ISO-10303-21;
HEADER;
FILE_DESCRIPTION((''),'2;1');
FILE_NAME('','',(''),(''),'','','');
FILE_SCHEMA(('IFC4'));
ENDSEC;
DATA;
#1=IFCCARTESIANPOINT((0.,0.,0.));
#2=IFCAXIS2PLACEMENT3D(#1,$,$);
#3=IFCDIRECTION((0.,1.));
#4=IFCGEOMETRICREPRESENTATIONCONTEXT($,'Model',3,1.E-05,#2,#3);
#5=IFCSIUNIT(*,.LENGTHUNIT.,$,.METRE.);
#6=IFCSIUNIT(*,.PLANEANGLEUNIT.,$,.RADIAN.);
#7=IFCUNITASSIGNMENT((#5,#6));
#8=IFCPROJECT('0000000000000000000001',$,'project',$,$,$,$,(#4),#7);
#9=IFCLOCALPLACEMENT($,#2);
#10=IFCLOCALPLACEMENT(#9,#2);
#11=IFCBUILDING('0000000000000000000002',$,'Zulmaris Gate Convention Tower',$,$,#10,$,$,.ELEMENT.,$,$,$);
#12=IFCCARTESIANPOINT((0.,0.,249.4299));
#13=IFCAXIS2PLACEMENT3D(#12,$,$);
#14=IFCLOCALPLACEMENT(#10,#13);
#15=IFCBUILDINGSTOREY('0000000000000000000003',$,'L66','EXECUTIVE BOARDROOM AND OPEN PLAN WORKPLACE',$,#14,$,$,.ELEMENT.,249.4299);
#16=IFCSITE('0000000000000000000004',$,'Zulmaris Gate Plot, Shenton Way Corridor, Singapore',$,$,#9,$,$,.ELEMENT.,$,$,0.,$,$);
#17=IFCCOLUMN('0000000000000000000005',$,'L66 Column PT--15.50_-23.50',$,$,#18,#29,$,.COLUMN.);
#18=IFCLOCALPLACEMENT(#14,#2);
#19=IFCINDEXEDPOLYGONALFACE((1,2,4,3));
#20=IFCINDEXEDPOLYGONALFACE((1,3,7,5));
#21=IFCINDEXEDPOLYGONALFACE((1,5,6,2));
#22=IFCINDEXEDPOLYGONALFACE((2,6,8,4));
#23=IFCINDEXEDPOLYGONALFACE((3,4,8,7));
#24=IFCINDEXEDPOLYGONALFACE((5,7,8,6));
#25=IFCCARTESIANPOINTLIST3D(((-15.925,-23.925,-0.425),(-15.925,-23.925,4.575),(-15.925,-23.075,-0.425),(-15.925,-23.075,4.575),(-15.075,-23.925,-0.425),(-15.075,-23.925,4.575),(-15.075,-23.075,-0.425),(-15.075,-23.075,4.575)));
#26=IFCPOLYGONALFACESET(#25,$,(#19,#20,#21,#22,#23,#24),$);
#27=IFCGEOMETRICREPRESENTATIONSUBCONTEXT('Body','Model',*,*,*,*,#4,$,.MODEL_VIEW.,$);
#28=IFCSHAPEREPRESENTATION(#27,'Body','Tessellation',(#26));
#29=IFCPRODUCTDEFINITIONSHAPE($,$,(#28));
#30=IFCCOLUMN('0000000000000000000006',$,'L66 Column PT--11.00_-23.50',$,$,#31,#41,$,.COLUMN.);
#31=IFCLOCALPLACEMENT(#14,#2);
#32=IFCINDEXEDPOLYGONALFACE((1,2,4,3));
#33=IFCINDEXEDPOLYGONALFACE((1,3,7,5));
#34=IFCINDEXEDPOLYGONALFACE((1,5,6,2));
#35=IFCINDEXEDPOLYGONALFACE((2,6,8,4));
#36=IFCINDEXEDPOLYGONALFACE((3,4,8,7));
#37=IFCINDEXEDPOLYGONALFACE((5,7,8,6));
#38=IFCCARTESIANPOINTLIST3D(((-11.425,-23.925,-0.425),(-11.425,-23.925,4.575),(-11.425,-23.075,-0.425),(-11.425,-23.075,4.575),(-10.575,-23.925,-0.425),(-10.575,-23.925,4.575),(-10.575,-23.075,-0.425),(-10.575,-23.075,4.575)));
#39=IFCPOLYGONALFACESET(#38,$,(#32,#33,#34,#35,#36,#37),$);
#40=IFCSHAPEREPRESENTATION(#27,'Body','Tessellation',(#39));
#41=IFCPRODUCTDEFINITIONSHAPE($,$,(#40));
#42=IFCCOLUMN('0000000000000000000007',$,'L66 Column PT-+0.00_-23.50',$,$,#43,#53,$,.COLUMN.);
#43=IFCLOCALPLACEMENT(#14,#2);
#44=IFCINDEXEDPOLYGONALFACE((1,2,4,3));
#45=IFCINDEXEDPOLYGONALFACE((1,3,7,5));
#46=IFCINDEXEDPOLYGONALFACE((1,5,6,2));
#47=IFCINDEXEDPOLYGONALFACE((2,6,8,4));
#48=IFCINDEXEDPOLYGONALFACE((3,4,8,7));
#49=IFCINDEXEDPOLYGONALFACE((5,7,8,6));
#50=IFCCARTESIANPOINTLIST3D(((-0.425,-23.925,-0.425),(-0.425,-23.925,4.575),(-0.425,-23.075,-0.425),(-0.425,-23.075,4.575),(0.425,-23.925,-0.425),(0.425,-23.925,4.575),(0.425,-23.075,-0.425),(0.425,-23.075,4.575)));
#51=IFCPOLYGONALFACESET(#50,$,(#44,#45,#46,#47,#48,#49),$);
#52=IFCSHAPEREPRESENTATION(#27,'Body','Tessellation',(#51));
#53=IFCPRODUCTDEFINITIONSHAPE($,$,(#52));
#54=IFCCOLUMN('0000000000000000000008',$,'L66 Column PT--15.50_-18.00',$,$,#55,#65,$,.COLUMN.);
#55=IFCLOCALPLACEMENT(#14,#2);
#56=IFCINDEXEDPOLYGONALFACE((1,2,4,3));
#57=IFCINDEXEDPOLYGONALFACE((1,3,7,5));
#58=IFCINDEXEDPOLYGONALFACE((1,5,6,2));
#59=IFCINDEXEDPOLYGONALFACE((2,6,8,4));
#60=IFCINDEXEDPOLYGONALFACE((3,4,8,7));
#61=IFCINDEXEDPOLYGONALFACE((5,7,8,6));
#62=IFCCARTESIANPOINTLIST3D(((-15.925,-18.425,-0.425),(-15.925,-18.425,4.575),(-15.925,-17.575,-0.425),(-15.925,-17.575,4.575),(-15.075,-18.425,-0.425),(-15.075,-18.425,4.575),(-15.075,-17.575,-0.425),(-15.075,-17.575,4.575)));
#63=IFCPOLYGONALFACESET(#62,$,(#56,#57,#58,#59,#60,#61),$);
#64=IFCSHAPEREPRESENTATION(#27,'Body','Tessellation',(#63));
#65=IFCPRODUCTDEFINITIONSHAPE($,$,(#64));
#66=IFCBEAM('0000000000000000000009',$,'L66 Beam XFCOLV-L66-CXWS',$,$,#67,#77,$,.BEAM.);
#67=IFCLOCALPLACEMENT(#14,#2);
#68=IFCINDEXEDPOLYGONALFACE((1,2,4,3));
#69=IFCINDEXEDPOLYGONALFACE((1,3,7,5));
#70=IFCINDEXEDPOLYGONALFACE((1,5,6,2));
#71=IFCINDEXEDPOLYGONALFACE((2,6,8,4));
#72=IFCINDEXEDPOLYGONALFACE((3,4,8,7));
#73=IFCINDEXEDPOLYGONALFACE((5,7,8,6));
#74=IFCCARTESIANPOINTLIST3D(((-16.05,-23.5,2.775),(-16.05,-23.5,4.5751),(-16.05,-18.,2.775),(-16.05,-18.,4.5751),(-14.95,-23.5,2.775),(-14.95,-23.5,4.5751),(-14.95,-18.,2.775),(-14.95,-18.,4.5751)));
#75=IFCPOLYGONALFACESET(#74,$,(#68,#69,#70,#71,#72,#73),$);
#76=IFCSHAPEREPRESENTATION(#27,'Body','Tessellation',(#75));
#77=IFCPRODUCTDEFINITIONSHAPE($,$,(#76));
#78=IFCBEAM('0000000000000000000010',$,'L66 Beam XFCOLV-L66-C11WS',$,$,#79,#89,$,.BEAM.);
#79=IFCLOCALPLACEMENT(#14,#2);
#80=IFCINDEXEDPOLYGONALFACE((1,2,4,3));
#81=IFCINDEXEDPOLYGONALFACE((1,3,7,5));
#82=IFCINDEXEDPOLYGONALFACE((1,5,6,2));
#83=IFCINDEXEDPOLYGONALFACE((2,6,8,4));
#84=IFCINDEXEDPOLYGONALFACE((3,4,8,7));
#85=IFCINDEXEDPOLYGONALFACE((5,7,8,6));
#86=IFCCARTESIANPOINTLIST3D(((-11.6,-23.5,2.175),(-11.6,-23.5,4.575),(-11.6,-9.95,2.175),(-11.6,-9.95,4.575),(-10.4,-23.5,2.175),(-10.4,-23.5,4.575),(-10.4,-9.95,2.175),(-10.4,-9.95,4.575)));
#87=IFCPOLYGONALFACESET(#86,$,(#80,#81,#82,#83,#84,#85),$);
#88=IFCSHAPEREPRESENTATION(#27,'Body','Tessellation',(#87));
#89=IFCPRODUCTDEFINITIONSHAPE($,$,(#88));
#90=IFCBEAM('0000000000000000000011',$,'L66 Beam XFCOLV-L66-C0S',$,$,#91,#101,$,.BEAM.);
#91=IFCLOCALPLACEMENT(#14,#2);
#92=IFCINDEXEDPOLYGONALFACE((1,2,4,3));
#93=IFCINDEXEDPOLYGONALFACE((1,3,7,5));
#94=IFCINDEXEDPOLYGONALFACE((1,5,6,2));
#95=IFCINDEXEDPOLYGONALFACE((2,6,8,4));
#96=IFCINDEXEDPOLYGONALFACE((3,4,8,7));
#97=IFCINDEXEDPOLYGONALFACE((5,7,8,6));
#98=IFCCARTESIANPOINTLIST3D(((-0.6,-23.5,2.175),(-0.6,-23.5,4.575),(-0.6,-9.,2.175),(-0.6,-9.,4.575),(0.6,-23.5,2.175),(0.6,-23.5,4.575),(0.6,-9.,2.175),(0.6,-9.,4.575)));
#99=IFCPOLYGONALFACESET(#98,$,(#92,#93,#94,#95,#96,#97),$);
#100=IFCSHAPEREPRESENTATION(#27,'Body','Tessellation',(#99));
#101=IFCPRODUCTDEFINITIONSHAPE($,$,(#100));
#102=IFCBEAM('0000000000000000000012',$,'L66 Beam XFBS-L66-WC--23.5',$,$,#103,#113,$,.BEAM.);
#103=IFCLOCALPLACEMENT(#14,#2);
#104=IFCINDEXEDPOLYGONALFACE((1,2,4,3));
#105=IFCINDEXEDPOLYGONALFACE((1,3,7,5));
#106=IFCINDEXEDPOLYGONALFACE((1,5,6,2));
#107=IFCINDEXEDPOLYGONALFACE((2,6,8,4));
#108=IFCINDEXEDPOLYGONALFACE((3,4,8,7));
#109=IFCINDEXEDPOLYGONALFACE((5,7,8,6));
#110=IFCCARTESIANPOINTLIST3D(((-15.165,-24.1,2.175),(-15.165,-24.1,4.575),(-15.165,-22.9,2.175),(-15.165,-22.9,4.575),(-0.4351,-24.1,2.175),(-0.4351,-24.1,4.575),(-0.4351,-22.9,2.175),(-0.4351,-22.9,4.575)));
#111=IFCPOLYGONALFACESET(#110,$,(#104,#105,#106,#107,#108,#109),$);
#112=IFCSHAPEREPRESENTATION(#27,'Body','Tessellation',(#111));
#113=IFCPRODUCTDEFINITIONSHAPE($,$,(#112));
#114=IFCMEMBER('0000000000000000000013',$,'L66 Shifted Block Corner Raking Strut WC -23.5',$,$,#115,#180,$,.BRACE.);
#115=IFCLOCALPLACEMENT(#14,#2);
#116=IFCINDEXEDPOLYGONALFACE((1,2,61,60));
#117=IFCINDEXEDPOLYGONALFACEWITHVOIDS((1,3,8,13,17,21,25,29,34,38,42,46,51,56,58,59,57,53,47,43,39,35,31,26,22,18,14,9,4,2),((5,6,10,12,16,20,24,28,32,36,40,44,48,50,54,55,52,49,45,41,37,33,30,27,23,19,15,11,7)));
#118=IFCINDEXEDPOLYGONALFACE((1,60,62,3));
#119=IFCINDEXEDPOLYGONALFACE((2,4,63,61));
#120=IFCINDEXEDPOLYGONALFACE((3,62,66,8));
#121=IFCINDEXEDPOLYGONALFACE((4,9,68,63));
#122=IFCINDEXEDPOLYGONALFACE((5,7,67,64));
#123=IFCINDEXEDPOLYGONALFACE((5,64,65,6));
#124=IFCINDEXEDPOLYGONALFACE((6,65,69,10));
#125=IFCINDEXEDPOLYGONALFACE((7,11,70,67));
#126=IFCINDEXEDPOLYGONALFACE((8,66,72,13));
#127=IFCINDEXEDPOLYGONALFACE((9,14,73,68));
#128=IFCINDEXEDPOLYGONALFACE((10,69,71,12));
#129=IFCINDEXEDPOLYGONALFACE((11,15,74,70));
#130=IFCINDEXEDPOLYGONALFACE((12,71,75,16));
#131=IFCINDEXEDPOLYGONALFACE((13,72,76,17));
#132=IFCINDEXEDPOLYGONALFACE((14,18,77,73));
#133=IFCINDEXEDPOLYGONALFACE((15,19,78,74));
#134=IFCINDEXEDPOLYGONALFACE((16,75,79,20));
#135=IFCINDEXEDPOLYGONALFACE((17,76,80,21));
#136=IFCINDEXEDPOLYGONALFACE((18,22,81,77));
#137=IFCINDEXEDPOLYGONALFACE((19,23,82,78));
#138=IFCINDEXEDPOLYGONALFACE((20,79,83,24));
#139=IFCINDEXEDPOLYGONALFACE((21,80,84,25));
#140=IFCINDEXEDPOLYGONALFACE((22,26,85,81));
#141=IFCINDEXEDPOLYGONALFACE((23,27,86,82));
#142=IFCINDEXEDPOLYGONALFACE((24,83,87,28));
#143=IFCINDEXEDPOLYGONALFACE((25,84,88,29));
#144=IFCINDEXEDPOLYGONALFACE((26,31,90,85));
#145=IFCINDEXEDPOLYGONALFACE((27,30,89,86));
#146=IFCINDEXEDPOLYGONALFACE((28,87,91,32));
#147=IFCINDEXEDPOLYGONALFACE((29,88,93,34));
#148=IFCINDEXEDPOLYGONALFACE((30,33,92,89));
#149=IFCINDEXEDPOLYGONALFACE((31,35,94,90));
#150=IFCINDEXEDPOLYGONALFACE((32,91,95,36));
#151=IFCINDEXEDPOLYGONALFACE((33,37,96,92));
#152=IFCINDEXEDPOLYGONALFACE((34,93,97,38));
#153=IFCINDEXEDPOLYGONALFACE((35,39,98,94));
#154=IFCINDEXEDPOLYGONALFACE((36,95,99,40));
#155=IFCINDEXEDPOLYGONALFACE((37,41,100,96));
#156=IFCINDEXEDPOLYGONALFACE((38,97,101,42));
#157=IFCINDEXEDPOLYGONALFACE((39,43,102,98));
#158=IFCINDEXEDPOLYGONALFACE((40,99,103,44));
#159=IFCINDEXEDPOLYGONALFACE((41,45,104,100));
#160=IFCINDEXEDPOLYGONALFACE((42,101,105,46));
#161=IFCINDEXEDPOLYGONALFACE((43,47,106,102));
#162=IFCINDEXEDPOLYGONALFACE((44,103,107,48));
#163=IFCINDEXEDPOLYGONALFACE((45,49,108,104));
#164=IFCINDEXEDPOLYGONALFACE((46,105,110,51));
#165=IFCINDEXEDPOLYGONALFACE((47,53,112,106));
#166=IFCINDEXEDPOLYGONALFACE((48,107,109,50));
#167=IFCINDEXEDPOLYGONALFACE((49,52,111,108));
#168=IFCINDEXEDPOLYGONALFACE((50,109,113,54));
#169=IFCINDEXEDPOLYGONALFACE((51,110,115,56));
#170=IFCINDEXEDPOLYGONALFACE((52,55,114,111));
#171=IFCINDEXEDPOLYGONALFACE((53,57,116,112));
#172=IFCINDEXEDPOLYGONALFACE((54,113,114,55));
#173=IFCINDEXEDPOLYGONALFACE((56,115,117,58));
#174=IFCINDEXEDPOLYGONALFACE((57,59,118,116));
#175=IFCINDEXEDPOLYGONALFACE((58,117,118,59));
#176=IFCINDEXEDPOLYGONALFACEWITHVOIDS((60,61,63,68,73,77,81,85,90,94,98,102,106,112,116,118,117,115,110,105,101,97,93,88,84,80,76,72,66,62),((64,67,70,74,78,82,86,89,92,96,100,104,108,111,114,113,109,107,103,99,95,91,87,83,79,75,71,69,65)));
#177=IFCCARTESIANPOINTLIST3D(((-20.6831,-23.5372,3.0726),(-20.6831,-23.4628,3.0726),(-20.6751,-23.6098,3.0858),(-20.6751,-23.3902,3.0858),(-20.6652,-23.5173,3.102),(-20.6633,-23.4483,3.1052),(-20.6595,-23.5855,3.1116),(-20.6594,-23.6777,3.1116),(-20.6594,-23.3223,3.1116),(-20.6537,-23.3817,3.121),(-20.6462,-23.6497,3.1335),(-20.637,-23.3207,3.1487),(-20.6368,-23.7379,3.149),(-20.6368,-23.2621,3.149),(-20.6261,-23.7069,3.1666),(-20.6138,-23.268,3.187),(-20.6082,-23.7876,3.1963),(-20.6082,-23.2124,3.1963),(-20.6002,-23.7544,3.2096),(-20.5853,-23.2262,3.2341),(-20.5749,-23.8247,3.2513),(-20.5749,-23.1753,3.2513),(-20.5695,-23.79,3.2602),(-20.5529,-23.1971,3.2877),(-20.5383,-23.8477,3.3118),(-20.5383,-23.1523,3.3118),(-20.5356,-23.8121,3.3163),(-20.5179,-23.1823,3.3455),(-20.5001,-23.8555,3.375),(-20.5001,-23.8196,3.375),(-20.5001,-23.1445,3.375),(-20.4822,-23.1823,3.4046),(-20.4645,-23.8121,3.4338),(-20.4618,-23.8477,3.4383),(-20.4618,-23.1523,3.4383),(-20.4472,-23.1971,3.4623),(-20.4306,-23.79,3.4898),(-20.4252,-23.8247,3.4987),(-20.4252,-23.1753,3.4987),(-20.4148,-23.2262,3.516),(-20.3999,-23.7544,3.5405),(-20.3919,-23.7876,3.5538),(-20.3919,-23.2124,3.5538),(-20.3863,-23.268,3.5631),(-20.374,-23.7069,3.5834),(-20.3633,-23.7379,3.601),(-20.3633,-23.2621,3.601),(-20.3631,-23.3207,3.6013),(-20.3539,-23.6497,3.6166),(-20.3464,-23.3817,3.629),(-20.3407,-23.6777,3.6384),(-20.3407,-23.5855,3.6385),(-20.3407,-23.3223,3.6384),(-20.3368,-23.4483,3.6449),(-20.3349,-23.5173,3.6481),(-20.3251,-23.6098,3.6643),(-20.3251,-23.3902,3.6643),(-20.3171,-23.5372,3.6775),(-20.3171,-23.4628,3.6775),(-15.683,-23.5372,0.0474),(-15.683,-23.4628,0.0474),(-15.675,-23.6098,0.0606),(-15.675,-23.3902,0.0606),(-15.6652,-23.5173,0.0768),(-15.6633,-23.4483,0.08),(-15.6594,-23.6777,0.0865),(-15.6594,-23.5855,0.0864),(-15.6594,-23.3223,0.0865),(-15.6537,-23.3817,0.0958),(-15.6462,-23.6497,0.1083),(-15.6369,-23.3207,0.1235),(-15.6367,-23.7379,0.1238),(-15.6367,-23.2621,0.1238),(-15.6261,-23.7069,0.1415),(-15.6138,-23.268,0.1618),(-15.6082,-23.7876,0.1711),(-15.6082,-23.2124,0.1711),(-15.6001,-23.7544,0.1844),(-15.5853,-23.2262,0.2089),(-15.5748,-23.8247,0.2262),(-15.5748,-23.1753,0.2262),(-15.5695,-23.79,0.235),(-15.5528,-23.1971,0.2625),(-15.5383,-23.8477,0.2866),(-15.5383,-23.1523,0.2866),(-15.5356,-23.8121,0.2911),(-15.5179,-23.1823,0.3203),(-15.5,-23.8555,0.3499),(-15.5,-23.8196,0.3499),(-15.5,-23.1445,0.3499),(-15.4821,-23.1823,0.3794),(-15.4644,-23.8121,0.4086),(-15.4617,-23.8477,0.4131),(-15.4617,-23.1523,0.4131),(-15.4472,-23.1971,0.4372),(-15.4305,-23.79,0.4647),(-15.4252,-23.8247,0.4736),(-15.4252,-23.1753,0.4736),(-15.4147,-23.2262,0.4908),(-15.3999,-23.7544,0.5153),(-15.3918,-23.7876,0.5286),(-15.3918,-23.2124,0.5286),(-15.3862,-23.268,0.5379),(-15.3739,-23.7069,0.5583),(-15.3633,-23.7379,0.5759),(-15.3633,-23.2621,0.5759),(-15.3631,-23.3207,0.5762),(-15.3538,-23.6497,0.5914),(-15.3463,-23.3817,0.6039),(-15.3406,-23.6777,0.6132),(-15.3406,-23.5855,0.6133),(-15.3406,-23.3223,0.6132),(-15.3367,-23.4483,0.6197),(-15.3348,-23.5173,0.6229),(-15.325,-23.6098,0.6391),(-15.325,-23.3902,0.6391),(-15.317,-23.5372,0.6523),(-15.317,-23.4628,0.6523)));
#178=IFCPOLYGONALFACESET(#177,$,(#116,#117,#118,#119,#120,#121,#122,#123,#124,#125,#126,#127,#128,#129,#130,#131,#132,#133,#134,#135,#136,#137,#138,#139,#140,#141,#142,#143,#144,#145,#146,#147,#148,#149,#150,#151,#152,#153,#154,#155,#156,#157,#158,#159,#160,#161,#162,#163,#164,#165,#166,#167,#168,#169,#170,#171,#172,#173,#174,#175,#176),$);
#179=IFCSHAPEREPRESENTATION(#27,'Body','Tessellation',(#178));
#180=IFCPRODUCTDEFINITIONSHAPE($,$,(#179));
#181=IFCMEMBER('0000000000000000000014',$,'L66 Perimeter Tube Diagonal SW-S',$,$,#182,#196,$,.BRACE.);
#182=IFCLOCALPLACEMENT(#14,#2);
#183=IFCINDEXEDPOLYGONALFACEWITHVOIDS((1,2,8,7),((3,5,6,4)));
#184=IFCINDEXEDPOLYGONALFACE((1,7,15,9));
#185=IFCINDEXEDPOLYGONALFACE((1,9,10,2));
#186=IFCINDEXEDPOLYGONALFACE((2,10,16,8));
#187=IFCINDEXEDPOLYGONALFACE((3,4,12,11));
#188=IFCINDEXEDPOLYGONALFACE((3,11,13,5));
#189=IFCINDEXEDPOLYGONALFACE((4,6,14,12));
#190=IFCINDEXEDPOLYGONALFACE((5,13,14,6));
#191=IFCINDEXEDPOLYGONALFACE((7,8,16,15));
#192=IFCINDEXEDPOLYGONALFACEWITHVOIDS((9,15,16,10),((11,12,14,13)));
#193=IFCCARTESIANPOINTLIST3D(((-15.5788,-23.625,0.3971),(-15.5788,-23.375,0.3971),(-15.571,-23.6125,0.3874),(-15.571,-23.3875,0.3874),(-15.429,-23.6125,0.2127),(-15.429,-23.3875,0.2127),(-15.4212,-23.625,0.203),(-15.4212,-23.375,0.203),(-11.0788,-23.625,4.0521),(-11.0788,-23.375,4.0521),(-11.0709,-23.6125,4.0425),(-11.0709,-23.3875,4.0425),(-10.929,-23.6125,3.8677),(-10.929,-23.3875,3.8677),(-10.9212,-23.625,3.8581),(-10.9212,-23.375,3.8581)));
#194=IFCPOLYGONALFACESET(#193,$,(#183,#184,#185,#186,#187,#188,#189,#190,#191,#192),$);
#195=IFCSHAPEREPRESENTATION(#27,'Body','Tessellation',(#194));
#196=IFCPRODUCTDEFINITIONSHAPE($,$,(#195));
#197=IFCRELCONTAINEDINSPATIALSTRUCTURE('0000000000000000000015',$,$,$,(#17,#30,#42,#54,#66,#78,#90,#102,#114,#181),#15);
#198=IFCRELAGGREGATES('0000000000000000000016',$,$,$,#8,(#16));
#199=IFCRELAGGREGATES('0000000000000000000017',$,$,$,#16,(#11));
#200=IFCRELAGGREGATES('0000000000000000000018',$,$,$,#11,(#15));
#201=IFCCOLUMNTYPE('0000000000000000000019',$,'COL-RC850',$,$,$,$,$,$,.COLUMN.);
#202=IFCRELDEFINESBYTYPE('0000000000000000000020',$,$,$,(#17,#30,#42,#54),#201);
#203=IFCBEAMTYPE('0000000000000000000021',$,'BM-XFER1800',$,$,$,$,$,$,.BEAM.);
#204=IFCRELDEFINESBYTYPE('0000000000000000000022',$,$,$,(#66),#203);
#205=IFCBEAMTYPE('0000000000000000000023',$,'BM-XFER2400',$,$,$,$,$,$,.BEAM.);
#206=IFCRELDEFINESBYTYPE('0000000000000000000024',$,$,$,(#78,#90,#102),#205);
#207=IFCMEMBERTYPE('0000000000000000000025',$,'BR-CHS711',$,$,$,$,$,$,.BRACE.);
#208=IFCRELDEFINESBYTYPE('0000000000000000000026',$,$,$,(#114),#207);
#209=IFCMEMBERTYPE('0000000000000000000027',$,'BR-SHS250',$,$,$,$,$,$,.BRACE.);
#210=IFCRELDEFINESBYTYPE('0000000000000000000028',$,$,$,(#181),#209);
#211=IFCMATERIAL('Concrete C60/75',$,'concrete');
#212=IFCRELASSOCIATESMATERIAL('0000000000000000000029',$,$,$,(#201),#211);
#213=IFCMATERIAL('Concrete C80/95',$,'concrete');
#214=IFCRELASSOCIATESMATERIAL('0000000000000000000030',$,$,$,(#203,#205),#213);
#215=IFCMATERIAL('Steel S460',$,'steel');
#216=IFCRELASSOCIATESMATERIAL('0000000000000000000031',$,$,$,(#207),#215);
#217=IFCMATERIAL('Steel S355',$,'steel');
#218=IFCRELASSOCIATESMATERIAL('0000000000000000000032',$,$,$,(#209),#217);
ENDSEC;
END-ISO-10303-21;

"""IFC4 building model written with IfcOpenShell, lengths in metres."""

from ifc_helpers import new_model, si_unit, direction, frame, origin, origin_2d, place, context, subcontext, project, spatial, rectangle, hollow_rectangle, hollow_circle, extrude, material, material_profile, profile_set, type_object, element, save


model = new_model("IFC4")

# Units and contexts
model_context = context("Model", 3, precision=1e-05, world=origin(), true_north=direction((0.0, 1.0)))
body_context = subcontext(model_context, "Body", "Model", "MODEL_VIEW")
ifc_project = project(units=[si_unit("LENGTHUNIT", "METRE"), si_unit("PLANEANGLEUNIT", "RADIAN")], contexts=[model_context])

# Site, building, storey
site_placement = place(None, origin())
site = spatial("IfcSite", under=ifc_project, at=site_placement, Name="Zulmaris Gate Plot, Shenton Way Corridor, Singapore", CompositionType="ELEMENT", RefElevation=0.0)
building_placement = place(site_placement, origin())
building = spatial("IfcBuilding", under=site, at=building_placement, Name="Zulmaris Gate Convention Tower", CompositionType="ELEMENT")
storey_placement = place(building_placement, frame((0.0, 0.0, 249.4299)))
storey = spatial("IfcBuildingStorey", under=building, at=storey_placement, Name="L66", Description="EXECUTIVE BOARDROOM AND OPEN PLAN WORKPLACE", CompositionType="ELEMENT", Elevation=249.4299)

# Columns
ifc_material_1 = material(Name="Concrete C60/75", Category="concrete")
ifc_material_profile_1 = material_profile(ifc_material_1, rectangle(XDim=0.8501, YDim=0.8501, at=origin_2d()), Name="RC COL 850x850")
ifc_profile_set_1 = profile_set([ifc_material_profile_1], Name="Concrete C60/75")
column_type = type_object("IfcColumnType", Name="COL-RC850", PredefinedType="COLUMN", material=ifc_profile_set_1)
for number, where, z_axis, x_axis, name in (
    (1, (-15.5, -23.5, -0.425), (0.0, 0.0, 1.0), (1.0, 0.0, 0.0), "L66 Column PT--15.50_-23.50"),
    (2, (-11.0, -23.5, -0.425), (0.0, 0.0, 1.0), (1.0, 0.0, 0.0), "L66 Column PT--11.00_-23.50"),
    (3, (0.0, -23.5, -0.425), (0.0, 0.0, 1.0), (1.0, 0.0, 0.0), "L66 Column PT-+0.00_-23.50"),
    (4, (-15.5, -18.0, -0.425), (0.0, 0.0, 1.0), (1.0, 0.0, 0.0), "L66 Column PT--15.50_-18.00"),
):
    element("IfcColumn", number, at=place(storey_placement, frame(where, z_axis=z_axis, x_axis=x_axis)), inside=storey, type_object=column_type, Name=name, PredefinedType="COLUMN", context=body_context, shape_type="SweptSolid", body=[
        extrude(rectangle(XDim=0.8501, YDim=0.8501, at=origin_2d()), origin(), (0.0, 0.0, 1.0), 5.0),
    ])

# Beams
ifc_material_2 = material(Name="Concrete C80/95", Category="concrete")
ifc_material_profile_2 = material_profile(ifc_material_2, rectangle(XDim=1.1001, YDim=1.8, at=origin_2d()), Name="RC TRANSFER 1100x1800")
ifc_profile_set_2 = profile_set([ifc_material_profile_2], Name="Concrete C80/95")
beam_type_1 = type_object("IfcBeamType", Name="BM-XFER1800", PredefinedType="BEAM", material=ifc_profile_set_2)
beam_1_placement = place(storey_placement, frame((-15.5, -23.5, 3.675), z_axis=(0.0, 1.0, 0.0), x_axis=(-1.0, 0.0, 0.0)))
element("IfcBeam", 5, at=beam_1_placement, inside=storey, type_object=beam_type_1, Name="L66 Beam XFCOLV-L66-CXWS", PredefinedType="BEAM", context=body_context, shape_type="SweptSolid", body=[
    extrude(rectangle(XDim=1.1001, YDim=1.8, at=origin_2d()), origin(), (0.0, 0.0, 1.0), 5.5),
])
ifc_material_profile_3 = material_profile(ifc_material_2, rectangle(XDim=1.2, YDim=2.3999, at=origin_2d()), Name="RC TRANSFER 1200x2400")
ifc_profile_set_3 = profile_set([ifc_material_profile_3], Name="Concrete C80/95")
beam_type_2 = type_object("IfcBeamType", Name="BM-XFER2400", PredefinedType="BEAM", material=ifc_profile_set_3)
beam_2_placement = place(storey_placement, frame((-11.0, -23.5, 3.375), z_axis=(0.0, 1.0, 0.0), x_axis=(-1.0, 0.0, 0.0)))
element("IfcBeam", 6, at=beam_2_placement, inside=storey, type_object=beam_type_2, Name="L66 Beam XFCOLV-L66-C11WS", PredefinedType="BEAM", context=body_context, shape_type="SweptSolid", body=[
    extrude(rectangle(XDim=1.2, YDim=2.3999, at=origin_2d()), origin(), (0.0, 0.0, 1.0), 13.55),
])
beam_3_placement = place(storey_placement, frame((0.0, -23.5, 3.375), z_axis=(0.0, 1.0, 0.0), x_axis=(-1.0, 0.0, 0.0)))
element("IfcBeam", 7, at=beam_3_placement, inside=storey, type_object=beam_type_2, Name="L66 Beam XFCOLV-L66-C0S", PredefinedType="BEAM", context=body_context, shape_type="SweptSolid", body=[
    extrude(rectangle(XDim=1.2, YDim=2.3999, at=origin_2d()), origin(), (0.0, 0.0, 1.0), 14.5),
])
beam_4_placement = place(storey_placement, frame((-15.165, -23.5, 3.375), z_axis=(1.0, 0.0, 0.0), x_axis=(0.0, 1.0, 0.0)))
element("IfcBeam", 8, at=beam_4_placement, inside=storey, type_object=beam_type_2, Name="L66 Beam XFBS-L66-WC--23.5", PredefinedType="BEAM", context=body_context, shape_type="SweptSolid", body=[
    extrude(rectangle(XDim=1.2, YDim=2.3999, at=origin_2d()), origin(), (0.0, 0.0, 1.0), 14.73),
])

# Members
ifc_material_3 = material(Name="Steel S460", Category="steel")
ifc_material_profile_4 = material_profile(ifc_material_3, hollow_circle(Radius=0.3555, WallThickness=0.0359, at=origin_2d()), Name="CHS 711x36")
ifc_profile_set_4 = profile_set([ifc_material_profile_4], Name="Steel S460")
member_type_1 = type_object("IfcMemberType", Name="BR-CHS711", PredefinedType="BRACE", material=ifc_profile_set_4)
member_1_placement = place(storey_placement, frame((-15.5, -23.5, 0.3499), z_axis=(-0.855589, 0.0, 0.517656), x_axis=(0.0, -1.0, 0.0)))
element("IfcMember", 9, at=member_1_placement, inside=storey, type_object=member_type_1, Name="L66 Shifted Block Corner Raking Strut WC -23.5", PredefinedType="BRACE", context=body_context, shape_type="SweptSolid", body=[
    extrude(hollow_circle(Radius=0.3555, WallThickness=0.0359, at=origin_2d()), origin(), (0.0, 0.0, 1.0), 5.844),
])
ifc_material_4 = material(Name="Steel S355", Category="steel")
ifc_material_profile_5 = material_profile(ifc_material_4, hollow_rectangle(XDim=0.25, YDim=0.25, WallThickness=0.0125, at=origin_2d()), Name="SHS 250x250x12.5")
ifc_profile_set_5 = profile_set([ifc_material_profile_5], Name="Steel S355")
member_type_2 = type_object("IfcMemberType", Name="BR-SHS250", PredefinedType="BRACE", material=ifc_profile_set_5)
member_2_placement = place(storey_placement, frame((-15.5, -23.5, 0.3), z_axis=(0.776217, 0.0, 0.630466), x_axis=(0.0, 1.0, 0.0)))
element("IfcMember", 10, at=member_2_placement, inside=storey, type_object=member_type_2, Name="L66 Perimeter Tube Diagonal SW-S", PredefinedType="BRACE", context=body_context, shape_type="SweptSolid", body=[
    extrude(hollow_rectangle(XDim=0.25, YDim=0.25, WallThickness=0.0125, at=origin_2d()), origin(), (0.0, 0.0, 1.0), 5.7974),
])

save(model, "model.ifc")
